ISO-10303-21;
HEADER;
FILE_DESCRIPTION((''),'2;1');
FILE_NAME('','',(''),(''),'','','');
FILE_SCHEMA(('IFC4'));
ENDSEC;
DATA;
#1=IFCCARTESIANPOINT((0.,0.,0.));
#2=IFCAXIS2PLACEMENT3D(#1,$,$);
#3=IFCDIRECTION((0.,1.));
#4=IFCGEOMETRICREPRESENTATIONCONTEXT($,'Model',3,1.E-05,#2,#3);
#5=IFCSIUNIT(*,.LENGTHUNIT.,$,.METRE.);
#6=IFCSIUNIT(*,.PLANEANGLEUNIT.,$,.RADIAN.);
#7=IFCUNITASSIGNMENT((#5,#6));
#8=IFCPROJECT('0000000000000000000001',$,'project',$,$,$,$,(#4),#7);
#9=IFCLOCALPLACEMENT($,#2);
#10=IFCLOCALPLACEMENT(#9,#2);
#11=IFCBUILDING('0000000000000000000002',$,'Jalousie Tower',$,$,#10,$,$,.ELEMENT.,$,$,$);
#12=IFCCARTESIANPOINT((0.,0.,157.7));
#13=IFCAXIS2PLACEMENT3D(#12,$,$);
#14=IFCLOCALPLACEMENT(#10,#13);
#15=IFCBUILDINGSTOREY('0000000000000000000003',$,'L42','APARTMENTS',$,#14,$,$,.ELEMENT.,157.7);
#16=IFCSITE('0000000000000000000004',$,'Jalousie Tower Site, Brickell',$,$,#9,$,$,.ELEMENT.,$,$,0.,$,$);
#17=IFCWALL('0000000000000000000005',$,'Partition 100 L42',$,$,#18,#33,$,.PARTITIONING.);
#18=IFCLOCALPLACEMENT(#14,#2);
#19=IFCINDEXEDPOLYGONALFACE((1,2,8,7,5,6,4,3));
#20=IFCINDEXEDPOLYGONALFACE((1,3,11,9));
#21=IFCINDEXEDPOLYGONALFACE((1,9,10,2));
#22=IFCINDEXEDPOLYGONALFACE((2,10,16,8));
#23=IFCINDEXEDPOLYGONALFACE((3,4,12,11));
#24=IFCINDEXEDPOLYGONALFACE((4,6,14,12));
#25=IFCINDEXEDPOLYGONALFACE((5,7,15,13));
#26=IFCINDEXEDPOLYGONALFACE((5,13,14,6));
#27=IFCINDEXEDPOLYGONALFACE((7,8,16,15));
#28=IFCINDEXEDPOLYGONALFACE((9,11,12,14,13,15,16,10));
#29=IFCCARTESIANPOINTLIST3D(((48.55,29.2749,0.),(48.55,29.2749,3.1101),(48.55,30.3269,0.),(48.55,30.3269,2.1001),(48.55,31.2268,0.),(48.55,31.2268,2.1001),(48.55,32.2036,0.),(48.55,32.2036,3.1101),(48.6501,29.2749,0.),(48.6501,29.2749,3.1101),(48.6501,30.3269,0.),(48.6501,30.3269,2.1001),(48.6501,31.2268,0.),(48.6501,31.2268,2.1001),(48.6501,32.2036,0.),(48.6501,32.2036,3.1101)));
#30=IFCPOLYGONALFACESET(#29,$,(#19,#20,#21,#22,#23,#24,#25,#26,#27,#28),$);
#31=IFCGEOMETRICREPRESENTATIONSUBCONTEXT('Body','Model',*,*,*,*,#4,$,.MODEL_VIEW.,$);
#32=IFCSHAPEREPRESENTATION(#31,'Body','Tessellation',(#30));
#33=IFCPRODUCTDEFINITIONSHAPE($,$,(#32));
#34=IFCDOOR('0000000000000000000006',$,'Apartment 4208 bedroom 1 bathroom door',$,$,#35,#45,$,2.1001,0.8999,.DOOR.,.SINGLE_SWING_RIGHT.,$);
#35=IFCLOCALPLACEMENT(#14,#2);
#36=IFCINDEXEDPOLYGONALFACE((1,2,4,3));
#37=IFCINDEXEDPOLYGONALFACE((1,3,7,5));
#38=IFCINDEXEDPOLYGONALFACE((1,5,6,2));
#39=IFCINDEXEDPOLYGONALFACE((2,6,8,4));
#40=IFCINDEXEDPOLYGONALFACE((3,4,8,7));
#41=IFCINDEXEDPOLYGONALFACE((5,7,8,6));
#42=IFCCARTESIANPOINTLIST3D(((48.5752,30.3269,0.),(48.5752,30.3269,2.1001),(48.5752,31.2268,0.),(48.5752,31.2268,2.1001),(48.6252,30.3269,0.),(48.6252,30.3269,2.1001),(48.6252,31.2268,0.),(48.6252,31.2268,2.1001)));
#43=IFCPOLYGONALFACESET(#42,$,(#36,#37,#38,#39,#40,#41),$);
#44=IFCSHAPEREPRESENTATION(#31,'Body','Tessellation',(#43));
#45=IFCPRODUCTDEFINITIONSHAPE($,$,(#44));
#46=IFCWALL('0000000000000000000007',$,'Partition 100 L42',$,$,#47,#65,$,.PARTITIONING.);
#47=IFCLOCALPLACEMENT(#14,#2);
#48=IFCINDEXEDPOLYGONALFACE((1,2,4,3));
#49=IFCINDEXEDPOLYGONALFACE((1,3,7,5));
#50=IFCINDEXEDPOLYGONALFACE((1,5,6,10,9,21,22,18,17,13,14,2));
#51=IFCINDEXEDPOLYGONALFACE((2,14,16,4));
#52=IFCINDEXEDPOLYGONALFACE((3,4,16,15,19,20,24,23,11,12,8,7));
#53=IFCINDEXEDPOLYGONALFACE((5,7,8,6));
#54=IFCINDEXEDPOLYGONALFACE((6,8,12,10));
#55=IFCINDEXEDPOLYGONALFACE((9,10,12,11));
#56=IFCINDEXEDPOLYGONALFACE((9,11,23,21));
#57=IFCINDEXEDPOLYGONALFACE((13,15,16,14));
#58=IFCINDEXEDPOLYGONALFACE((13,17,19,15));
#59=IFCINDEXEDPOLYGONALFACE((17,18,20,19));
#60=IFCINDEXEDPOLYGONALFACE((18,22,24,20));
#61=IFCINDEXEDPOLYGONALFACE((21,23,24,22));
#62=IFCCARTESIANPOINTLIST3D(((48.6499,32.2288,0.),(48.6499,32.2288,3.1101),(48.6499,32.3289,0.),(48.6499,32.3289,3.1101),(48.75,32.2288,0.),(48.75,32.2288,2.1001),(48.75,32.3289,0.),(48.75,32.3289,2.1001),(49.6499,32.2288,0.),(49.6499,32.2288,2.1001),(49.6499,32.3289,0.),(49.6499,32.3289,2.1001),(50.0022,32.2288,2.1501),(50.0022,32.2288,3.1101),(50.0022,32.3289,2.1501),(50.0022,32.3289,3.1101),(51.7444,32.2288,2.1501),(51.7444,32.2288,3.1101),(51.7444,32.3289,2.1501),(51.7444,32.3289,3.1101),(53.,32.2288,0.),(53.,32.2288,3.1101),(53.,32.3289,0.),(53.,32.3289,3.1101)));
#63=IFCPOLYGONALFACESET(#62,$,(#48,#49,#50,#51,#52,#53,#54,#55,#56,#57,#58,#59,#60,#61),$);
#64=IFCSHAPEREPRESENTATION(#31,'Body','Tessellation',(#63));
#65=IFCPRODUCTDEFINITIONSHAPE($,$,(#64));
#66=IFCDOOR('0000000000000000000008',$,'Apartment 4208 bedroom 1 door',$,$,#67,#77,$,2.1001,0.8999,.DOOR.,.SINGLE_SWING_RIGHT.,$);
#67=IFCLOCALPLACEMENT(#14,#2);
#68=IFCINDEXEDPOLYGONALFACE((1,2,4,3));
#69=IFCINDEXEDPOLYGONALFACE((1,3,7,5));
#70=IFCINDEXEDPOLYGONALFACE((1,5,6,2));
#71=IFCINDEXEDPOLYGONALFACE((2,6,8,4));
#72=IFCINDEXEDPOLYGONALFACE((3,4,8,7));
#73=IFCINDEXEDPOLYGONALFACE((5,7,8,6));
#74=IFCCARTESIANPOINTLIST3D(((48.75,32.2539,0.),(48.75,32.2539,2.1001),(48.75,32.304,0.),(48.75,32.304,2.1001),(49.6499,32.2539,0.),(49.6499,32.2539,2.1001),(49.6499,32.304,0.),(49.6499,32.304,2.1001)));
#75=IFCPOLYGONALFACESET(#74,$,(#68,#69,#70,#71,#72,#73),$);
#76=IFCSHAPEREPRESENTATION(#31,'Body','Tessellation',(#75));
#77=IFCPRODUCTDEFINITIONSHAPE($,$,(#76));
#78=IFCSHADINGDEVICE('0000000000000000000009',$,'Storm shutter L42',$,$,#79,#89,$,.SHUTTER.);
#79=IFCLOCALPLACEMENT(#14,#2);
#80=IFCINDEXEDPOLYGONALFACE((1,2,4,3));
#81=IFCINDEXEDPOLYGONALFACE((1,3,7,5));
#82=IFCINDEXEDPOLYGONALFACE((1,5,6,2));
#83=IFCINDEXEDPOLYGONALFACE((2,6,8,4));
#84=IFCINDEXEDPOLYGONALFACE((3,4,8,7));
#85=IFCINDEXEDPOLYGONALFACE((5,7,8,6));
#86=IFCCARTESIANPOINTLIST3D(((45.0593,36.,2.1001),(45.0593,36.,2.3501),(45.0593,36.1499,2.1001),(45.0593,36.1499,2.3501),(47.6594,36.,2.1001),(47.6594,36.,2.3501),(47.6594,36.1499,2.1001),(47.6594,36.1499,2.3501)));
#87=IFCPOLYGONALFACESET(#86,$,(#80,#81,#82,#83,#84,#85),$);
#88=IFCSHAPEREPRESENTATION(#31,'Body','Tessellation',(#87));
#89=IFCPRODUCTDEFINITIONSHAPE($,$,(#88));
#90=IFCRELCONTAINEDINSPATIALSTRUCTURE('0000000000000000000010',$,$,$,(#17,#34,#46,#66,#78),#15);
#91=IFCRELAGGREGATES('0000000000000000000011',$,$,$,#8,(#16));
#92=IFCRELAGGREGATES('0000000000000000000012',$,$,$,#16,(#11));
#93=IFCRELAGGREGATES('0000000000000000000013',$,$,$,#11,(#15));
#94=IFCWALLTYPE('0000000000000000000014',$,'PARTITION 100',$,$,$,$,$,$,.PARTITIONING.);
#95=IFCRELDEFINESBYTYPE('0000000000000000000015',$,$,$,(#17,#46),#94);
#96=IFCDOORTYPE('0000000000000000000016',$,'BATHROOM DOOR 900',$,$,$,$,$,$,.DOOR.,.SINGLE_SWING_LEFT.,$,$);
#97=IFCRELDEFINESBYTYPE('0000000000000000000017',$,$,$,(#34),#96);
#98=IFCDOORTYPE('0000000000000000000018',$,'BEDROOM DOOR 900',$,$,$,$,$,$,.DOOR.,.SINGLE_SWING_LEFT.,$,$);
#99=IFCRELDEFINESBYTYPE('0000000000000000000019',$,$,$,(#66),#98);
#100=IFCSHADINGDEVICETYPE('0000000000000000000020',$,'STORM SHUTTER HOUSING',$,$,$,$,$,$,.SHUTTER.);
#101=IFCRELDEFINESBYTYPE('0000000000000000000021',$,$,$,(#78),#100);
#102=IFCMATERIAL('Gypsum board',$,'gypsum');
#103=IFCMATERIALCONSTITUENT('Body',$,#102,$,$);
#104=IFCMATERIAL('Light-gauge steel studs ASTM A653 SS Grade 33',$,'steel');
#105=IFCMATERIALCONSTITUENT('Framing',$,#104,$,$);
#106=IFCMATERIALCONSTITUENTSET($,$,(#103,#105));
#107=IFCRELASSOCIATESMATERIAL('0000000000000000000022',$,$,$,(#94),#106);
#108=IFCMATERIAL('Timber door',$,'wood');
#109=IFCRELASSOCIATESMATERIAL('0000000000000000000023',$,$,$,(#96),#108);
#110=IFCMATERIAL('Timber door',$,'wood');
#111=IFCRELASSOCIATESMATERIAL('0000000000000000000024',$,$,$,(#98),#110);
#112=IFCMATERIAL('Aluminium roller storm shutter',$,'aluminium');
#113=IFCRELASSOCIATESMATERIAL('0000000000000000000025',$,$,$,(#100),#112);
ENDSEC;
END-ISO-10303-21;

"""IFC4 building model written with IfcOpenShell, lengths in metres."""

from ifc_helpers import new_model, si_unit, direction, frame, frame_2d, origin, origin_2d, place, context, subcontext, project, spatial, polyline, rectangle, outline, extrude, material, constituent, constituent_set, type_object, element, fill, save


model = new_model("IFC4")

# Units and contexts
model_context = context("Model", 3, precision=1e-05, world=origin(), true_north=direction((0.0, 1.0)))
body_context = subcontext(model_context, "Body", "Model", "MODEL_VIEW")
ifc_project = project(units=[si_unit("LENGTHUNIT", "METRE"), si_unit("PLANEANGLEUNIT", "RADIAN")], contexts=[model_context])

# Site, building, storey
site_placement = place(None, origin())
site = spatial("IfcSite", under=ifc_project, at=site_placement, Name="Jalousie Tower Site, Brickell", CompositionType="ELEMENT", RefElevation=0.0)
building_placement = place(site_placement, origin())
building = spatial("IfcBuilding", under=site, at=building_placement, Name="Jalousie Tower", CompositionType="ELEMENT")
storey_placement = place(building_placement, frame((0.0, 0.0, 157.7)))
storey = spatial("IfcBuildingStorey", under=building, at=storey_placement, Name="L42", Description="APARTMENTS", CompositionType="ELEMENT", Elevation=157.7)

# Walls, openings, doors
ifc_material_1 = material(Name="Gypsum board", Category="gypsum")
ifc_constituent_1 = constituent(ifc_material_1, Name="Body")
ifc_material_2 = material(Name="Light-gauge steel studs ASTM A653 SS Grade 33", Category="steel")
ifc_constituent_2 = constituent(ifc_material_2, Name="Framing")
ifc_constituent_set_1 = constituent_set(constituents=[ifc_constituent_1, ifc_constituent_2])
wall_type_1 = type_object("IfcWallType", Name="PARTITION 100", PredefinedType="PARTITIONING", material=ifc_constituent_set_1)
wall_1_placement = place(storey_placement, frame((48.6001, 32.2036, 0.0), z_axis=(0.0, 0.0, 1.0), x_axis=(0.0, -1.0, 0.0)))
wall_1 = element("IfcWall", 1, at=wall_1_placement, inside=storey, type_object=wall_type_1, Name="Partition 100 L42", PredefinedType="PARTITIONING", context=body_context, shape_type="SweptSolid", body=[
    extrude(rectangle(XDim=2.9287, YDim=0.1001, at=frame_2d((1.4644, 0.0))), origin(), (0.0, 0.0, 1.0), 3.1101),
])
opening_1_placement = place(wall_1_placement, frame((0.9768, 0.0, 0.0)))
opening_1 = element("IfcOpeningElement", 2, at=opening_1_placement, cuts=wall_1, PredefinedType="OPENING", context=body_context, shape_type="SweptSolid", body=[
    extrude(rectangle(XDim=0.8999, YDim=2.1001, at=frame_2d((0.45, 1.05))), frame((0.0, 0.0601, 0.0), z_axis=(0.0, -1.0, 0.0), x_axis=(1.0, 0.0, 0.0)), (0.0, 0.0, 1.0), 0.1201),
])
ifc_material_3 = material(Name="Timber door", Category="wood")
door_type_1 = type_object("IfcDoorType", Name="BATHROOM DOOR 900", OperationType="SINGLE_SWING_LEFT", PredefinedType="DOOR", material=ifc_material_3)
door_1_placement = place(opening_1_placement, frame((0.8999, 0.0, 0.0), z_axis=(0.0, 0.0, 1.0), x_axis=(-1.0, 0.0, 0.0)))
door_1 = element("IfcDoor", 3, at=door_1_placement, inside=storey, type_object=door_type_1, Name="Apartment 4208 bedroom 1 bathroom door", OperationType="SINGLE_SWING_RIGHT", OverallHeight=2.1001, OverallWidth=0.8999, PredefinedType="DOOR", context=body_context, shape_type="SweptSolid", body=[
    extrude(rectangle(XDim=0.8999, YDim=2.1001, at=frame_2d((0.45, 1.05))), frame((0.0, 0.0249, 0.0), z_axis=(0.0, -1.0, 0.0), x_axis=(1.0, 0.0, 0.0)), (0.0, 0.0, 1.0), 0.05),
])
fill(opening_1, door_1)
wall_2_placement = place(storey_placement, frame((48.6499, 32.2788, 0.0), z_axis=(0.0, 0.0, 1.0), x_axis=(1.0, 0.0, 0.0)))
wall_2 = element("IfcWall", 4, at=wall_2_placement, inside=storey, type_object=wall_type_1, Name="Partition 100 L42", PredefinedType="PARTITIONING", context=body_context, shape_type="SweptSolid", body=[
    extrude(outline(polyline([(0.0, 0.0), (4.3501, 0.0), (4.3501, 3.1101), (3.0945, 3.1101), (3.0945, 2.1501), (1.3523, 2.1501), (1.3523, 3.1101), (0.0, 3.1101), (0.0, 0.0)])), frame((0.0, 0.05, 0.0), z_axis=(0.0, -1.0, 0.0), x_axis=(1.0, 0.0, 0.0)), (0.0, 0.0, 1.0), 0.1001),
])
opening_2_placement = place(wall_2_placement, frame((0.1001, 0.0, 0.0)))
opening_2 = element("IfcOpeningElement", 5, at=opening_2_placement, cuts=wall_2, PredefinedType="OPENING", context=body_context, shape_type="SweptSolid", body=[
    extrude(rectangle(XDim=0.8999, YDim=2.1001, at=frame_2d((0.45, 1.05))), frame((0.0, 0.0601, 0.0), z_axis=(0.0, -1.0, 0.0), x_axis=(1.0, 0.0, 0.0)), (0.0, 0.0, 1.0), 0.1201),
])
ifc_material_4 = material(Name="Timber door", Category="wood")
door_type_2 = type_object("IfcDoorType", Name="BEDROOM DOOR 900", OperationType="SINGLE_SWING_LEFT", PredefinedType="DOOR", material=ifc_material_4)
door_2_placement = place(opening_2_placement, frame((0.8999, 0.0, 0.0), z_axis=(0.0, 0.0, 1.0), x_axis=(-1.0, 0.0, 0.0)))
door_2 = element("IfcDoor", 6, at=door_2_placement, inside=storey, type_object=door_type_2, Name="Apartment 4208 bedroom 1 door", OperationType="SINGLE_SWING_RIGHT", OverallHeight=2.1001, OverallWidth=0.8999, PredefinedType="DOOR", context=body_context, shape_type="SweptSolid", body=[
    extrude(rectangle(XDim=0.8999, YDim=2.1001, at=frame_2d((0.45, 1.05))), frame((0.0, 0.0249, 0.0), z_axis=(0.0, -1.0, 0.0), x_axis=(1.0, 0.0, 0.0)), (0.0, 0.0, 1.0), 0.05),
])
fill(opening_2, door_2)

# Shading device
ifc_material_5 = material(Name="Aluminium roller storm shutter", Category="aluminium")
shading_device_type = type_object("IfcShadingDeviceType", Name="STORM SHUTTER HOUSING", PredefinedType="SHUTTER", material=ifc_material_5)
shading_device_placement = place(storey_placement, frame((46.3594, 36.075, 2.1001), z_axis=(0.0, 0.0, 1.0), x_axis=(-1.0, 0.0, 0.0)))
element("IfcShadingDevice", 7, at=shading_device_placement, inside=storey, type_object=shading_device_type, Name="Storm shutter L42", PredefinedType="SHUTTER", context=body_context, shape_type="SweptSolid", body=[
    extrude(rectangle(XDim=2.6001, YDim=0.1499, at=origin_2d()), origin(), (0.0, 0.0, 1.0), 0.25),
])

save(model, "model.ifc")
